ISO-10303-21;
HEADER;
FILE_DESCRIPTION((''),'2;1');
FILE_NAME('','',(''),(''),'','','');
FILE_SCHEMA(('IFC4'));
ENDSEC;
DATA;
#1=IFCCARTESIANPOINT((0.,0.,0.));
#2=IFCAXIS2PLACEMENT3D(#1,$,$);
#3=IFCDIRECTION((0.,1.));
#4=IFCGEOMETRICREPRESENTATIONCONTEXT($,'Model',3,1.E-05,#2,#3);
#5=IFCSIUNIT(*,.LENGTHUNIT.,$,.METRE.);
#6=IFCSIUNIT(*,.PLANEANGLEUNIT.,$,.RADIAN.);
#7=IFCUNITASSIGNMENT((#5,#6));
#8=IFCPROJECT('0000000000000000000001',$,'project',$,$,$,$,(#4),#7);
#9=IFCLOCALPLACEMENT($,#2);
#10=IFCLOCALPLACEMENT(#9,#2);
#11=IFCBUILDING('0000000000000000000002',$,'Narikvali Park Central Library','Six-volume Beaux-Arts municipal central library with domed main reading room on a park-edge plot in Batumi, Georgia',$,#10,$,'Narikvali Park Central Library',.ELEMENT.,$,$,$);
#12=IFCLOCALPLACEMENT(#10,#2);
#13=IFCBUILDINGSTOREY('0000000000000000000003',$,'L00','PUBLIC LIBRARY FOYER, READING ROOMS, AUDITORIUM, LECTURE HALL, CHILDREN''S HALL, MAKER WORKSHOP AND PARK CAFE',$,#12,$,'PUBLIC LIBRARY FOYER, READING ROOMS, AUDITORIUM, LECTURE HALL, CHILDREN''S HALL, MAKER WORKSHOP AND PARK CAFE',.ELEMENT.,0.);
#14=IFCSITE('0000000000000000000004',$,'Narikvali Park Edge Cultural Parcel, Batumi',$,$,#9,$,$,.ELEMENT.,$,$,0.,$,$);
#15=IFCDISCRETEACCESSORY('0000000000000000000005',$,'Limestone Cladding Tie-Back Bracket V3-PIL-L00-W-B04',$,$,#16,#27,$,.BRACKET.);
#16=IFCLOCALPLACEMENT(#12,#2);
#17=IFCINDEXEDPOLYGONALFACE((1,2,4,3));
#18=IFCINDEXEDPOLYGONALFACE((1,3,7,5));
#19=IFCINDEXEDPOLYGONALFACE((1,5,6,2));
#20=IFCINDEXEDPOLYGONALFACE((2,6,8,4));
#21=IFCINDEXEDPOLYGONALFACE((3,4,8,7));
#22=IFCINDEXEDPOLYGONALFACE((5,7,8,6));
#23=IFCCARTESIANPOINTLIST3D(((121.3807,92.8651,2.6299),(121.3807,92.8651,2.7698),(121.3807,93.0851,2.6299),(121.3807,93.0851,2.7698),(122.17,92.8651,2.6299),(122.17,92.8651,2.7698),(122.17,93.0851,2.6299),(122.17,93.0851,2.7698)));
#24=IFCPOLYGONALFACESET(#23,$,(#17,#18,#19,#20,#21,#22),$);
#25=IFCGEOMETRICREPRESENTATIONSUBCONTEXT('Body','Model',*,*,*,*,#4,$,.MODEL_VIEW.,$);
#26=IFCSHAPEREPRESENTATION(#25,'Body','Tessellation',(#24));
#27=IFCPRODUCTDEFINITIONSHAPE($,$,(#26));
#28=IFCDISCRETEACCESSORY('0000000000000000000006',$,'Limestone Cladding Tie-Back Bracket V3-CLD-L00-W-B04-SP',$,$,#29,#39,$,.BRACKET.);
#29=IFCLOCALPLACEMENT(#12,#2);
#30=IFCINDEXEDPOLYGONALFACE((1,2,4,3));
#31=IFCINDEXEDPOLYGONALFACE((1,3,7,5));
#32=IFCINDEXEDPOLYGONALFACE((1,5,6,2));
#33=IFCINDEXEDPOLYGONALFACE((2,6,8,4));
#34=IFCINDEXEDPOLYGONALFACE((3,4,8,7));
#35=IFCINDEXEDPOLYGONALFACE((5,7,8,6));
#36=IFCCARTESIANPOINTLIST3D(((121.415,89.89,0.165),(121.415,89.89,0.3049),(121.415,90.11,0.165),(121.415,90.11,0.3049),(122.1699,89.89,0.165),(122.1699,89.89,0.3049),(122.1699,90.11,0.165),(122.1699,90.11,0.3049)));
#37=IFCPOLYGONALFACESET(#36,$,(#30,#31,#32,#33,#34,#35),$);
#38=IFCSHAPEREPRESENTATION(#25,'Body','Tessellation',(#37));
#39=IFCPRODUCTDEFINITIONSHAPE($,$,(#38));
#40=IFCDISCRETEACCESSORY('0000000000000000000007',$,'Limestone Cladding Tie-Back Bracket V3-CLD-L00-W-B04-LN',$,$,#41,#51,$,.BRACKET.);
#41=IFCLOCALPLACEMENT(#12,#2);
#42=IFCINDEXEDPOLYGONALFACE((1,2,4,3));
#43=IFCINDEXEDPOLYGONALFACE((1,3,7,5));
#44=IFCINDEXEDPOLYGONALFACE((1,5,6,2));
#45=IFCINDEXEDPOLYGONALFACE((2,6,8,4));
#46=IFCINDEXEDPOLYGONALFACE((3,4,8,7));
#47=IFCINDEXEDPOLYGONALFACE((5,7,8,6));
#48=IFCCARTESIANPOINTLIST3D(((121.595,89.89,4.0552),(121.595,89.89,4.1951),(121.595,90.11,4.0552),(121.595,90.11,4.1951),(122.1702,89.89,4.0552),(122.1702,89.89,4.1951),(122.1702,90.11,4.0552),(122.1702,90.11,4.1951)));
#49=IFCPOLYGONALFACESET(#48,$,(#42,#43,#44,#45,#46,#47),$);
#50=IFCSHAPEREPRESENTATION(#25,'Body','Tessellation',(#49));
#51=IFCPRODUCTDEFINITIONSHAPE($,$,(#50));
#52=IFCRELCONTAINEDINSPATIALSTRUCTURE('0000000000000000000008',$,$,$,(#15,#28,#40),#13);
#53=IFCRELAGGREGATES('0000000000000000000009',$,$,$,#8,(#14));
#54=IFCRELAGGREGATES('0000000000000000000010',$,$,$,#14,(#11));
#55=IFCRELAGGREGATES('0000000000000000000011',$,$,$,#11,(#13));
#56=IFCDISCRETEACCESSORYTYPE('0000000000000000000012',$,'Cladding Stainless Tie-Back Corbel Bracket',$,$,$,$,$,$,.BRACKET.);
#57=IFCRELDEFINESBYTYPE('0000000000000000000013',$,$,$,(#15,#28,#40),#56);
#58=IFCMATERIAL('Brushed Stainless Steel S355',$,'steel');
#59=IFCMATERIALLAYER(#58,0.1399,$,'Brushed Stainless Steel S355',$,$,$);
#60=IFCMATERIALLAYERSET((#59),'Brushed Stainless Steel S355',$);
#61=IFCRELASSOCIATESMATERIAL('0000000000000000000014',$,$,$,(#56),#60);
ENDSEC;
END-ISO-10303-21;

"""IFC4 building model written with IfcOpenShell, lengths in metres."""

from ifc_helpers import new_model, si_unit, direction, frame, origin, origin_2d, place, context, subcontext, project, spatial, rectangle, extrude, material, layer, layer_set, type_object, element, save


model = new_model("IFC4")

# Units and contexts
model_context = context("Model", 3, precision=1e-05, world=origin(), true_north=direction((0.0, 1.0)))
body_context = subcontext(model_context, "Body", "Model", "MODEL_VIEW")
ifc_project = project(units=[si_unit("LENGTHUNIT", "METRE"), si_unit("PLANEANGLEUNIT", "RADIAN")], contexts=[model_context])

# Site, building, storey
site_placement = place(None, origin())
site = spatial("IfcSite", under=ifc_project, at=site_placement, Name="Narikvali Park Edge Cultural Parcel, Batumi", CompositionType="ELEMENT", RefElevation=0.0)
building_placement = place(site_placement, origin())
building = spatial("IfcBuilding", under=site, at=building_placement, Name="Narikvali Park Central Library", Description="Six-volume Beaux-Arts municipal central library with domed main reading room on a park-edge plot in Batumi, Georgia", LongName="Narikvali Park Central Library", CompositionType="ELEMENT")
storey_placement = place(building_placement, origin())
storey = spatial("IfcBuildingStorey", under=building, at=storey_placement, Name="L00", Description="PUBLIC LIBRARY FOYER, READING ROOMS, AUDITORIUM, LECTURE HALL, CHILDREN'S HALL, MAKER WORKSHOP AND PARK CAFE", LongName="PUBLIC LIBRARY FOYER, READING ROOMS, AUDITORIUM, LECTURE HALL, CHILDREN'S HALL, MAKER WORKSHOP AND PARK CAFE", CompositionType="ELEMENT", Elevation=0.0)

# Shared definitions
ifc_material_1 = material(Name="Brushed Stainless Steel S355", Category="steel")

# Discrete accessories
ifc_layer_1 = layer(ifc_material_1, 0.1399, Name="Brushed Stainless Steel S355")
ifc_layer_set_1 = layer_set([ifc_layer_1], Name="Brushed Stainless Steel S355")
discrete_accessory_type = type_object("IfcDiscreteAccessoryType", Name="Cladding Stainless Tie-Back Corbel Bracket", PredefinedType="BRACKET", material=ifc_layer_set_1)
discrete_accessory_1_placement = place(storey_placement, frame((121.7754, 92.9751, 2.6299), z_axis=(0.0, 0.0, 1.0), x_axis=(1.0, 0.0, 0.0)))
element("IfcDiscreteAccessory", 1, at=discrete_accessory_1_placement, inside=storey, type_object=discrete_accessory_type, Name="Limestone Cladding Tie-Back Bracket V3-PIL-L00-W-B04", PredefinedType="BRACKET", context=body_context, shape_type="SweptSolid", body=[
    extrude(rectangle(XDim=0.7893, YDim=0.22, at=origin_2d()), origin(), (0.0, 0.0, 1.0), 0.1399),
])
discrete_accessory_2_placement = place(storey_placement, frame((121.7925, 90.0, 0.165), z_axis=(0.0, 0.0, 1.0), x_axis=(1.0, 0.0, 0.0)))
element("IfcDiscreteAccessory", 2, at=discrete_accessory_2_placement, inside=storey, type_object=discrete_accessory_type, Name="Limestone Cladding Tie-Back Bracket V3-CLD-L00-W-B04-SP", PredefinedType="BRACKET", context=body_context, shape_type="SweptSolid", body=[
    extrude(rectangle(XDim=0.7549, YDim=0.22, at=origin_2d()), origin(), (0.0, 0.0, 1.0), 0.1399),
])
discrete_accessory_3_placement = place(storey_placement, frame((121.8826, 90.0, 4.0552), z_axis=(0.0, 0.0, 1.0), x_axis=(1.0, 0.0, 0.0)))
element("IfcDiscreteAccessory", 3, at=discrete_accessory_3_placement, inside=storey, type_object=discrete_accessory_type, Name="Limestone Cladding Tie-Back Bracket V3-CLD-L00-W-B04-LN", PredefinedType="BRACKET", context=body_context, shape_type="SweptSolid", body=[
    extrude(rectangle(XDim=0.5752, YDim=0.22, at=origin_2d()), origin(), (0.0, 0.0, 1.0), 0.1399),
])

save(model, "model.ifc")
